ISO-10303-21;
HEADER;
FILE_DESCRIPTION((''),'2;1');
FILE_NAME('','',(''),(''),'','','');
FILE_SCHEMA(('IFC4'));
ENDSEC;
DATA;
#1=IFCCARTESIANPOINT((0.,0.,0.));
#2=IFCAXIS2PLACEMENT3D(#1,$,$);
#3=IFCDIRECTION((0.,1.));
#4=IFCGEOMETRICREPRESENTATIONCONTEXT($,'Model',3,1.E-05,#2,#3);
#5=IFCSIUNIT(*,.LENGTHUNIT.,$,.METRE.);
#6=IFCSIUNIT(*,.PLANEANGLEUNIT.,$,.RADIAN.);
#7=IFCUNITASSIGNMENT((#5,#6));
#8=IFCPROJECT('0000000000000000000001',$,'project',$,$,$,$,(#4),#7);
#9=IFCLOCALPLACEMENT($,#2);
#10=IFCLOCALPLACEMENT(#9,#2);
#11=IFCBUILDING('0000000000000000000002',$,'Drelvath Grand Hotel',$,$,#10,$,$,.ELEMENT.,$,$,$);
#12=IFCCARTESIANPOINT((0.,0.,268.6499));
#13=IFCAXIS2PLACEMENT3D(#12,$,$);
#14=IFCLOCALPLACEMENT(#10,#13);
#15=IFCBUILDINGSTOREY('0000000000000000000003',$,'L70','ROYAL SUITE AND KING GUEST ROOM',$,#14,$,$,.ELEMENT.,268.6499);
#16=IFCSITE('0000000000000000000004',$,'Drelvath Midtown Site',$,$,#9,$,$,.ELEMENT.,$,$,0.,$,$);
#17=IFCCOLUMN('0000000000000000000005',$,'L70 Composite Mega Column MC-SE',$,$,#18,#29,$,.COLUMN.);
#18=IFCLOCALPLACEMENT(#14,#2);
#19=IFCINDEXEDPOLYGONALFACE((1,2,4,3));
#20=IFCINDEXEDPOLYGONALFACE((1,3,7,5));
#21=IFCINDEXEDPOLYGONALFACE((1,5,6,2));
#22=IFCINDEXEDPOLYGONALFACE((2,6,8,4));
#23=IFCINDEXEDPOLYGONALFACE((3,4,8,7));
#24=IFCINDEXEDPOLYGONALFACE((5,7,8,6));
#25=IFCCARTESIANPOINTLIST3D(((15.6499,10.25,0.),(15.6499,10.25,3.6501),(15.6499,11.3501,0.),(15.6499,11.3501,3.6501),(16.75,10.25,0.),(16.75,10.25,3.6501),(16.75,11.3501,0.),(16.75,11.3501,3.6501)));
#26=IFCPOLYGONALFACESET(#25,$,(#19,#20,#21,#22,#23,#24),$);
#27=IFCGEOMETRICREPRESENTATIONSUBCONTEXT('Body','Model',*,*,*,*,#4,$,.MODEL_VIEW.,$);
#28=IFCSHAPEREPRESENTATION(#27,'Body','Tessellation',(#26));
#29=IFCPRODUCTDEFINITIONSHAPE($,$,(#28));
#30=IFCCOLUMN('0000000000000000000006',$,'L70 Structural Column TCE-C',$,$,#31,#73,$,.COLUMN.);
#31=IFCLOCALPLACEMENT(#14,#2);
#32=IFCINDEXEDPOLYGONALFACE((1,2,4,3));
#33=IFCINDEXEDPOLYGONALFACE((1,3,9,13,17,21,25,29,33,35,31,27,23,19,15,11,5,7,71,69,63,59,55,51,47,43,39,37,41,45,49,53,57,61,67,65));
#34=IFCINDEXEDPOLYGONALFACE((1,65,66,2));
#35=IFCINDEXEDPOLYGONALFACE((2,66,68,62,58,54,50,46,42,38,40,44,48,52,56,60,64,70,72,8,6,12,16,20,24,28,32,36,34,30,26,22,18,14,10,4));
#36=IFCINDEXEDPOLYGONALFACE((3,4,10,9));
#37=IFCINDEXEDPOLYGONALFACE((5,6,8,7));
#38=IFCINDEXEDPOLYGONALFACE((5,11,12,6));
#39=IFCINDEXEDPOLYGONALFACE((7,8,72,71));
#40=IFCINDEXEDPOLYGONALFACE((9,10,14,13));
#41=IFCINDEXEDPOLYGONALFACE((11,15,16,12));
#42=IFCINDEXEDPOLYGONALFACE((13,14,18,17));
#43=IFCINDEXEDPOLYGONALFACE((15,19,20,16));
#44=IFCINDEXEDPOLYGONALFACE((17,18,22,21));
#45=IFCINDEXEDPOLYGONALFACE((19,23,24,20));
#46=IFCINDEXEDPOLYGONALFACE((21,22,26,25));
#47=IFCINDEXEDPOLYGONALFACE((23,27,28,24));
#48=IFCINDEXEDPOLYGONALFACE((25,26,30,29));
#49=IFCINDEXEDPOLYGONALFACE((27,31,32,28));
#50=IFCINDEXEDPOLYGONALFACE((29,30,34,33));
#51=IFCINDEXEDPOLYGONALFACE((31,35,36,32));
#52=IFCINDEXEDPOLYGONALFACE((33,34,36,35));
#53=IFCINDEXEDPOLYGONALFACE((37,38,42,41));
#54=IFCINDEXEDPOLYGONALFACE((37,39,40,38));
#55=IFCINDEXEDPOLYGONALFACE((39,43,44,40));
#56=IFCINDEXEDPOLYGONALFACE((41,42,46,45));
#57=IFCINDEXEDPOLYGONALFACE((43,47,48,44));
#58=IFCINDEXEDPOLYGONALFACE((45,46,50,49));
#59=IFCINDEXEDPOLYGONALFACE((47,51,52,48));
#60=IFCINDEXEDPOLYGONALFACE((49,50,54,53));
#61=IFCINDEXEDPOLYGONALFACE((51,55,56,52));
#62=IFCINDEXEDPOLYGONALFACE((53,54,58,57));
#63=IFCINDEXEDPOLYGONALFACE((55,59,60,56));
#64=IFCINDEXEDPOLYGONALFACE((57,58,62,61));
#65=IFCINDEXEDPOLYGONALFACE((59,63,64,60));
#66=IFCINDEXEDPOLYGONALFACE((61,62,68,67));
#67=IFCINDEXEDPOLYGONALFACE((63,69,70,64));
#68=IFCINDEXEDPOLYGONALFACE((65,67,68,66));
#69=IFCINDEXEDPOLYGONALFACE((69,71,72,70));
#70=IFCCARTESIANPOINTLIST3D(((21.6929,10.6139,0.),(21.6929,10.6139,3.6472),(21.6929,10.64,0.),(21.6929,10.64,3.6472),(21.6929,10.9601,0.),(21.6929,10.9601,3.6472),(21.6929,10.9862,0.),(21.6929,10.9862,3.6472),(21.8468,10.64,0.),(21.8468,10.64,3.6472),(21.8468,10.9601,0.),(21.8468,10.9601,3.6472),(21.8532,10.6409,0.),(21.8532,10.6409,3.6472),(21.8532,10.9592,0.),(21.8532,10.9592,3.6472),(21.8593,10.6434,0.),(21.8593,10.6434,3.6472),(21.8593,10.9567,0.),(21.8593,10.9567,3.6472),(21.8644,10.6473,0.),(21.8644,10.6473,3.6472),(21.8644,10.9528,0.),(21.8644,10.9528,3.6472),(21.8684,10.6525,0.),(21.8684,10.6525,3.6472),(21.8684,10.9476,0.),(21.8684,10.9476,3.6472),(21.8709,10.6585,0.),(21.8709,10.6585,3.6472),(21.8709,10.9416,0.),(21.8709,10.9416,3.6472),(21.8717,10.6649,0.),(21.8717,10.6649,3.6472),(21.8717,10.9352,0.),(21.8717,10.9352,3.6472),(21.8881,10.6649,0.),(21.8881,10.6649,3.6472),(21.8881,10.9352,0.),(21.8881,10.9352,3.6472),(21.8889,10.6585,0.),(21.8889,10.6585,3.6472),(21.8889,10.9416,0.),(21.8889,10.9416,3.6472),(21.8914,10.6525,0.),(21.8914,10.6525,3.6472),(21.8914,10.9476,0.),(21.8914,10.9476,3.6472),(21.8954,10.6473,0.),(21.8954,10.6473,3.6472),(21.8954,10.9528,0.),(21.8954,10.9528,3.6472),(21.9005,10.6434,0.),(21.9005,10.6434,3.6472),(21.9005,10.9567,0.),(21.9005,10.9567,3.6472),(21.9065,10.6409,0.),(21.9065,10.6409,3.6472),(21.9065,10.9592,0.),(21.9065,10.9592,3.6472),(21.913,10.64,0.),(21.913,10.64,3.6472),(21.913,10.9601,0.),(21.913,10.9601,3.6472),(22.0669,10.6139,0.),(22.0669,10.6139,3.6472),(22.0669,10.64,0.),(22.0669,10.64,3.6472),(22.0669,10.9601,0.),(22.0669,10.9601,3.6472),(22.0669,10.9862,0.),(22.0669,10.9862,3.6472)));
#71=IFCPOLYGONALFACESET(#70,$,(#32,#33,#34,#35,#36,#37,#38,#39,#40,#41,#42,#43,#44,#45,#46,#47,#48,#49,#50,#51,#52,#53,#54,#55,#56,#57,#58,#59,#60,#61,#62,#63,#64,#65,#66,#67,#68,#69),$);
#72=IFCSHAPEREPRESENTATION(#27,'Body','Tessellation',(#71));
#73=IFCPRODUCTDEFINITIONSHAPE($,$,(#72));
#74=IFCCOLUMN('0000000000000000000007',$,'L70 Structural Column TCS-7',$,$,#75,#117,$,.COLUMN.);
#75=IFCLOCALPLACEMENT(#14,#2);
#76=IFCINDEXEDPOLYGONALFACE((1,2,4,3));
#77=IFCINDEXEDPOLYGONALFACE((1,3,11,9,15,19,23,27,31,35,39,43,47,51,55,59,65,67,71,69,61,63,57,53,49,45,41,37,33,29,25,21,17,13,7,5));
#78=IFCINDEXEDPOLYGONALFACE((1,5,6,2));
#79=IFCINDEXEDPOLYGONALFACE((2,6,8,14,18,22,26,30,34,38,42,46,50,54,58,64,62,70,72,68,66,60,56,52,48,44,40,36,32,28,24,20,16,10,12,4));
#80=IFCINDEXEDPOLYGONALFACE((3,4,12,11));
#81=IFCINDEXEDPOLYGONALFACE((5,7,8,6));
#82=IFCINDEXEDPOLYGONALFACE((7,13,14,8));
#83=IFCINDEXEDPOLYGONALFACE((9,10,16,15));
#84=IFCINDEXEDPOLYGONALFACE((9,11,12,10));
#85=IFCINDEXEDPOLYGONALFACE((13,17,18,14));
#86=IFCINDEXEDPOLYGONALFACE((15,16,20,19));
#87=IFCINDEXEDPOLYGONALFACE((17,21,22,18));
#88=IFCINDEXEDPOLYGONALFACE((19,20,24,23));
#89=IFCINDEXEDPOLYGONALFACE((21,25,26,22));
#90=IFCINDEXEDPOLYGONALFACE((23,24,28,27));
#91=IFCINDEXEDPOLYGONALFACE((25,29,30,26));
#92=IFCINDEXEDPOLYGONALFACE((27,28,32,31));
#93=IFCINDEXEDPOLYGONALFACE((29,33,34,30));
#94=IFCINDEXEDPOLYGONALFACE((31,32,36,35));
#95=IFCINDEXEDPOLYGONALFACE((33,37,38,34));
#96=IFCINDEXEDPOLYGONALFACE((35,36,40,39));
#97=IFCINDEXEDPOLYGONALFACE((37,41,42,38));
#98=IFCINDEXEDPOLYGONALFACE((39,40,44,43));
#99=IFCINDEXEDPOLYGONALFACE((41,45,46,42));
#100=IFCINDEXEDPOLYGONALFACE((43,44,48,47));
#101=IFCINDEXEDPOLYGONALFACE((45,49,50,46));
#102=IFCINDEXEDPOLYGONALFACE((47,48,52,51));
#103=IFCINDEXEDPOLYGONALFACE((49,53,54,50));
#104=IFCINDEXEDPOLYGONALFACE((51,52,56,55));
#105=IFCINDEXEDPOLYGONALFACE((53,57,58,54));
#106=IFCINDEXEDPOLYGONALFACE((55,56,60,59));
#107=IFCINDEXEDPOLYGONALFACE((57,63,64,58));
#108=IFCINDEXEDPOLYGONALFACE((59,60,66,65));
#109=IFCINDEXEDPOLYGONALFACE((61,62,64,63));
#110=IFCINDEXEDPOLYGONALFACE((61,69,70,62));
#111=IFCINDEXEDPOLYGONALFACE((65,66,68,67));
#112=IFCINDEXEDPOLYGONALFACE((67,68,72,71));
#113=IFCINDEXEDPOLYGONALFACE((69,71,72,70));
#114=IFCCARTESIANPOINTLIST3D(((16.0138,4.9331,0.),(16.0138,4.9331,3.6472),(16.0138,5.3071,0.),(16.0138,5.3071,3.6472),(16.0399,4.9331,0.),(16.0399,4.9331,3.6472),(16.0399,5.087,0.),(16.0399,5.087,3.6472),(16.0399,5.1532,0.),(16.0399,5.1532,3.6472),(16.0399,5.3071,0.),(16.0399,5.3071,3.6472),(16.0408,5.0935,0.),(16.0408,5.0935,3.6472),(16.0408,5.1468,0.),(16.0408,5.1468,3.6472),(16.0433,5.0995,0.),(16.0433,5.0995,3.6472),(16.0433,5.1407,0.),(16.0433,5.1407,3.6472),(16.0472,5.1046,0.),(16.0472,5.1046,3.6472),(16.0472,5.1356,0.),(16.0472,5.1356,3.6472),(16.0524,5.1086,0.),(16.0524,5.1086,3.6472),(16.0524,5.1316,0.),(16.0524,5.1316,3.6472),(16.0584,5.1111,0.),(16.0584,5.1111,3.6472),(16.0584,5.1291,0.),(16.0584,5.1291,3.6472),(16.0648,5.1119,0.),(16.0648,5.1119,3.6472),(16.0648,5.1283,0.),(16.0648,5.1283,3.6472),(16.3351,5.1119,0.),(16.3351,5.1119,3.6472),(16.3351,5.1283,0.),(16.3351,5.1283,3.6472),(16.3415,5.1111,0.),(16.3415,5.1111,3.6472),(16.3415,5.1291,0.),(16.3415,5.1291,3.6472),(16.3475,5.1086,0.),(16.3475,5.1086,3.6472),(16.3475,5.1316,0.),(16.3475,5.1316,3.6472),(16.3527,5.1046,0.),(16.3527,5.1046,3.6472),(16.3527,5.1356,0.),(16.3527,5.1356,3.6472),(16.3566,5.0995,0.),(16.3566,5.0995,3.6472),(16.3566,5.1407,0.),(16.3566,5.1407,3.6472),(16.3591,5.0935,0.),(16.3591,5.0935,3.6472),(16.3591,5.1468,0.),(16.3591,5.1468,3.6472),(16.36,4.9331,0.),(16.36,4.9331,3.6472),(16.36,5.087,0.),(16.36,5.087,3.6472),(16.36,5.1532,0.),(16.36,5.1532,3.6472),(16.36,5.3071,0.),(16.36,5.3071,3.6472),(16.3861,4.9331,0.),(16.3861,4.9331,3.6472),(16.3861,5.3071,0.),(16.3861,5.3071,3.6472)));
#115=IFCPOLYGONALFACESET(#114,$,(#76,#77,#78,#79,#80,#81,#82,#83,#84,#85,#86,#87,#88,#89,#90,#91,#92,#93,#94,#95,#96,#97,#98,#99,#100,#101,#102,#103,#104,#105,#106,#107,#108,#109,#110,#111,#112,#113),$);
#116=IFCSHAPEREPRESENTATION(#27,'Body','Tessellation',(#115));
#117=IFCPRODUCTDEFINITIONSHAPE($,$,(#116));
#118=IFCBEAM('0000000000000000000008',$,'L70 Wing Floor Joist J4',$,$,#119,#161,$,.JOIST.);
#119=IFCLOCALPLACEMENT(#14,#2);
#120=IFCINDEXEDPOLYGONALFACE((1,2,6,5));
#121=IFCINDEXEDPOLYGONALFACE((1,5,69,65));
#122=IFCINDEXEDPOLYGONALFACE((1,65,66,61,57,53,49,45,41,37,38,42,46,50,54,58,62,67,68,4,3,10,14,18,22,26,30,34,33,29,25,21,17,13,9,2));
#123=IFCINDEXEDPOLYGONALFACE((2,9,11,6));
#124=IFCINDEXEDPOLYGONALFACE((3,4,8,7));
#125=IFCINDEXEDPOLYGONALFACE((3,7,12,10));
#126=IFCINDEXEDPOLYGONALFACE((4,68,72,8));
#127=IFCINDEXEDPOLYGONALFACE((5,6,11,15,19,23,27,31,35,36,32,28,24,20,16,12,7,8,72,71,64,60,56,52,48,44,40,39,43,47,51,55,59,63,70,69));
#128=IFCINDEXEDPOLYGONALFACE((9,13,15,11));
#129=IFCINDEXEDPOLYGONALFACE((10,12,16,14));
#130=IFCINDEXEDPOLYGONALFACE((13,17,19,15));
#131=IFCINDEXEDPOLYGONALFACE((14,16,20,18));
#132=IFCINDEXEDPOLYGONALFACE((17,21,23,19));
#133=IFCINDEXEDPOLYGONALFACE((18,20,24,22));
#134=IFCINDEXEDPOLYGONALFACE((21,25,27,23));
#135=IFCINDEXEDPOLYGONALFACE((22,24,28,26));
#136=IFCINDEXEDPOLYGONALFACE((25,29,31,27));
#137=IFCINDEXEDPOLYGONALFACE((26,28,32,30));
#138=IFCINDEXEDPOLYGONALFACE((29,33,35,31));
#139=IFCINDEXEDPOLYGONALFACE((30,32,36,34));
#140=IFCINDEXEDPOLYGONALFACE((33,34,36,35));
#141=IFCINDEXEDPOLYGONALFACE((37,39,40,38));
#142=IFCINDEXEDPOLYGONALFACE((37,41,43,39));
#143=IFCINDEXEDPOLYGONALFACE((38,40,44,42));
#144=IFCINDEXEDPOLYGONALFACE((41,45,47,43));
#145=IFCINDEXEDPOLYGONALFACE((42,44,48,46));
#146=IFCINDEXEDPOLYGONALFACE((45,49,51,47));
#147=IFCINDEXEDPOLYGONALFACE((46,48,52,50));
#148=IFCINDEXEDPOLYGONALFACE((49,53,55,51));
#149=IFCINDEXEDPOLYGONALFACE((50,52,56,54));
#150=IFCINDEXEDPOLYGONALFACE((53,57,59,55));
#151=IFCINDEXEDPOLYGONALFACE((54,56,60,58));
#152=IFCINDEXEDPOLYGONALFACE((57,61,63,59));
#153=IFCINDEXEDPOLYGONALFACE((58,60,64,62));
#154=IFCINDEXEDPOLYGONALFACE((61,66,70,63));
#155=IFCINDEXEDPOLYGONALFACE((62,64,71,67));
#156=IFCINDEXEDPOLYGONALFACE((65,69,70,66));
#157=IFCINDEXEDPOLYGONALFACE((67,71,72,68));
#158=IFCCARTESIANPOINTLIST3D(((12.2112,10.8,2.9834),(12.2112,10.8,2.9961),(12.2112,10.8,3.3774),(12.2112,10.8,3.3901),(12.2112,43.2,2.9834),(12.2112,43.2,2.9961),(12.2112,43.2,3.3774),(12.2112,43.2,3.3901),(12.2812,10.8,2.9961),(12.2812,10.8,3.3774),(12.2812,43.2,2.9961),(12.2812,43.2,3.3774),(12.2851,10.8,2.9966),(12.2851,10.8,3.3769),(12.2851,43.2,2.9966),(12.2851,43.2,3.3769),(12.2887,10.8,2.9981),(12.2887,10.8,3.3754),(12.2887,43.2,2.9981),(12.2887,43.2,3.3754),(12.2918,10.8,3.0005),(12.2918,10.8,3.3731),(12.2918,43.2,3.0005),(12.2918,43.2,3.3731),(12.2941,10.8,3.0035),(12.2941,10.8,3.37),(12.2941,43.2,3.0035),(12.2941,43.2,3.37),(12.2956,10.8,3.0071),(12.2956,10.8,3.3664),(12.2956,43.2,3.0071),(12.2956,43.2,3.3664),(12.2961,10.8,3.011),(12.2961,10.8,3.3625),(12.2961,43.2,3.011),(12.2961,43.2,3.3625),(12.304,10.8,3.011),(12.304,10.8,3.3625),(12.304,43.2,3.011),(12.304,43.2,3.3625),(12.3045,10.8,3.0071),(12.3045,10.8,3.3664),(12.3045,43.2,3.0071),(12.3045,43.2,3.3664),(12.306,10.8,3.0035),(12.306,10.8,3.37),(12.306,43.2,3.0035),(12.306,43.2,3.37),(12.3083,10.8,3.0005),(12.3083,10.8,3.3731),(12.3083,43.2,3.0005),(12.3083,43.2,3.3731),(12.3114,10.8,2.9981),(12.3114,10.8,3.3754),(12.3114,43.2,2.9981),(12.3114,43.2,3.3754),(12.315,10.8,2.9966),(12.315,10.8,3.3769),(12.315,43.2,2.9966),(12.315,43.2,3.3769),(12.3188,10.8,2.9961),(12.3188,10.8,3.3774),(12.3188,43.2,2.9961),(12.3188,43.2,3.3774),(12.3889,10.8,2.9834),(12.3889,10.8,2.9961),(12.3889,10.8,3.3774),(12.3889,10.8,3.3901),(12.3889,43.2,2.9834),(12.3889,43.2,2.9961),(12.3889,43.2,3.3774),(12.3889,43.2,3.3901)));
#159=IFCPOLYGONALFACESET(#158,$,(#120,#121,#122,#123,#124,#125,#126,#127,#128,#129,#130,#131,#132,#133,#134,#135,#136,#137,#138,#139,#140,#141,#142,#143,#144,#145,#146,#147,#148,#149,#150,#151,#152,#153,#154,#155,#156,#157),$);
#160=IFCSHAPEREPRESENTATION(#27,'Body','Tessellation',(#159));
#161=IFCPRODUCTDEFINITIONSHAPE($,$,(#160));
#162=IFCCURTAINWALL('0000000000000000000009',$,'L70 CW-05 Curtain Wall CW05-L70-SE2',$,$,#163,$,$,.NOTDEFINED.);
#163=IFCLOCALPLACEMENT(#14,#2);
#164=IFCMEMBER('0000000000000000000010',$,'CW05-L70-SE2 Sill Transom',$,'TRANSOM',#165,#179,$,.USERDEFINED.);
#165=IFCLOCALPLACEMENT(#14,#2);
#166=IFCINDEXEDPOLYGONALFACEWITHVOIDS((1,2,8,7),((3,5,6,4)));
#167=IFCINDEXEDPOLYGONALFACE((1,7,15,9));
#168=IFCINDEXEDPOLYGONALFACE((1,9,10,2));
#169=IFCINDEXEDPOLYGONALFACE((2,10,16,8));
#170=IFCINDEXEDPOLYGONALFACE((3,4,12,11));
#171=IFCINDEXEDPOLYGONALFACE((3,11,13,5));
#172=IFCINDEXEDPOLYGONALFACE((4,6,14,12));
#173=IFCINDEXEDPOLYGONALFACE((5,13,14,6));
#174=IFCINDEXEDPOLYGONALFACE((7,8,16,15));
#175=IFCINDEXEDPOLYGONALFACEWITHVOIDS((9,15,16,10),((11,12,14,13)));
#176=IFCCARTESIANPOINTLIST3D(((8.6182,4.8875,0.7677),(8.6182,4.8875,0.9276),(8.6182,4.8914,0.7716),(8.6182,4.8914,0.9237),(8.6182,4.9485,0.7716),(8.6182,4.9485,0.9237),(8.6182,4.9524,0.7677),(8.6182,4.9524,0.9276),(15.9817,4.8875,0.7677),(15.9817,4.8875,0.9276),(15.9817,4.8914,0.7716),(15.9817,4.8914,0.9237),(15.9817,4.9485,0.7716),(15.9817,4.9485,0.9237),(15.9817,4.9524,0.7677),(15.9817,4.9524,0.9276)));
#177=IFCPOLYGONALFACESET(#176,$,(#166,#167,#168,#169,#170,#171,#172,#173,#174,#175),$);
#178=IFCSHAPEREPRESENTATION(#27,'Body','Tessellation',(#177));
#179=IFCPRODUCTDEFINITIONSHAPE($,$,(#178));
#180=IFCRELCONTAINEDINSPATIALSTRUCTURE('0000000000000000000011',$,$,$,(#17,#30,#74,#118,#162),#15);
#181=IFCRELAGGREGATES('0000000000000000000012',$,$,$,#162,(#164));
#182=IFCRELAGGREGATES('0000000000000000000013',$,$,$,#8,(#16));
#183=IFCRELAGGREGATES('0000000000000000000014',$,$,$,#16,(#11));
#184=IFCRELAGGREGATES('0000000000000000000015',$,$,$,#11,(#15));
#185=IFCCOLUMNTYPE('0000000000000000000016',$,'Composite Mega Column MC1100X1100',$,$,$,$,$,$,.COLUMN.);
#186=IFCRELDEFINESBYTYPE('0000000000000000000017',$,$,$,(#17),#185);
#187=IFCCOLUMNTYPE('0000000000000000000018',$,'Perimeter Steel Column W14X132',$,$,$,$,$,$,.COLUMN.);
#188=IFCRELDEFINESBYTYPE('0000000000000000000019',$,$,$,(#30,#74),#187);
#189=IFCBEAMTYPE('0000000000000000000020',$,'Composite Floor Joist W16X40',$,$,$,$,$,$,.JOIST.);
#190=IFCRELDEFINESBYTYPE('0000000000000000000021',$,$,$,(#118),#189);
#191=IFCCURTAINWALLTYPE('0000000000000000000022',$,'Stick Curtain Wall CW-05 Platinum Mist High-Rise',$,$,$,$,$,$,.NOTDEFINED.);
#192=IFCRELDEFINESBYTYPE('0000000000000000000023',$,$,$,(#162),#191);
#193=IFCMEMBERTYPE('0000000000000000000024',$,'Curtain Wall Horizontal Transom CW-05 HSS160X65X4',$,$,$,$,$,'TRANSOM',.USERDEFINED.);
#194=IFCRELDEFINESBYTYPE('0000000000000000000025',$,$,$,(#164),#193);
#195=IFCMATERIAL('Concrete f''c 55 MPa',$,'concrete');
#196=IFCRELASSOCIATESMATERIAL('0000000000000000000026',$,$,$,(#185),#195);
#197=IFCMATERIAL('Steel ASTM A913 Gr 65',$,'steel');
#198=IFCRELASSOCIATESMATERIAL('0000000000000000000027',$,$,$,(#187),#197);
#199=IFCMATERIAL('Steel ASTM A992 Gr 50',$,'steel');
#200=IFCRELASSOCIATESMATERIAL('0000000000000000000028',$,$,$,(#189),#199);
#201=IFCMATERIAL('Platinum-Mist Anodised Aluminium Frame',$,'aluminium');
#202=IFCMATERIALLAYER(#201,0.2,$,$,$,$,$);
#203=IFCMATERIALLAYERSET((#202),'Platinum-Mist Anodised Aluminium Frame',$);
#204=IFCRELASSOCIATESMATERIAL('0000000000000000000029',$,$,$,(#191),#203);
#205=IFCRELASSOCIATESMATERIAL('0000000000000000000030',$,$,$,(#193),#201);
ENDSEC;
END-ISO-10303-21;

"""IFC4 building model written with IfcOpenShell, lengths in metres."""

from ifc_helpers import new_model, si_unit, direction, frame, origin, origin_2d, place, context, subcontext, project, spatial, rectangle, hollow_rectangle, i_section, extrude, material, layer, layer_set, material_profile, profile_set, type_object, element, aggregate, save


model = new_model("IFC4")

# Units and contexts
model_context = context("Model", 3, precision=1e-05, world=origin(), true_north=direction((0.0, 1.0)))
body_context = subcontext(model_context, "Body", "Model", "MODEL_VIEW")
ifc_project = project(units=[si_unit("LENGTHUNIT", "METRE"), si_unit("PLANEANGLEUNIT", "RADIAN")], contexts=[model_context])

# Site, building, storey
site_placement = place(None, origin())
site = spatial("IfcSite", under=ifc_project, at=site_placement, Name="Drelvath Midtown Site", CompositionType="ELEMENT", RefElevation=0.0)
building_placement = place(site_placement, origin())
building = spatial("IfcBuilding", under=site, at=building_placement, Name="Drelvath Grand Hotel", CompositionType="ELEMENT")
storey_placement = place(building_placement, frame((0.0, 0.0, 268.6499)))
storey = spatial("IfcBuildingStorey", under=building, at=storey_placement, Name="L70", Description="ROYAL SUITE AND KING GUEST ROOM", CompositionType="ELEMENT", Elevation=268.6499)

# Columns
ifc_material_1 = material(Name="Concrete f'c 55 MPa", Category="concrete")
ifc_material_profile_1 = material_profile(ifc_material_1, rectangle(XDim=1.1001, YDim=1.1001, at=origin_2d()), Name="MC1100X1100")
ifc_profile_set_1 = profile_set([ifc_material_profile_1], Name="Concrete f'c 55 MPa")
column_type_1 = type_object("IfcColumnType", Name="Composite Mega Column MC1100X1100", PredefinedType="COLUMN", material=ifc_profile_set_1)
column_placement = place(storey_placement, frame((16.2, 10.8, 0.0), z_axis=(0.0, 0.0, 1.0), x_axis=(1.0, 0.0, 0.0)))
element("IfcColumn", 1, at=column_placement, inside=storey, type_object=column_type_1, Name="L70 Composite Mega Column MC-SE", PredefinedType="COLUMN", context=body_context, shape_type="SweptSolid", body=[
    extrude(rectangle(XDim=1.1001, YDim=1.1001, at=origin_2d()), origin(), (0.0, 0.0, 1.0), 3.6501),
])
ifc_material_2 = material(Name="Steel ASTM A913 Gr 65", Category="steel")
ifc_material_profile_2 = material_profile(ifc_material_2, i_section(OverallWidth=0.374, OverallDepth=0.3723, WebThickness=0.0164, FlangeThickness=0.0261, FilletRadius=0.0249, at=origin_2d()), Name="W14X132")
ifc_profile_set_2 = profile_set([ifc_material_profile_2], Name="Steel ASTM A913 Gr 65")
column_type_2 = type_object("IfcColumnType", Name="Perimeter Steel Column W14X132", PredefinedType="COLUMN", material=ifc_profile_set_2)
for number, where, z_axis, x_axis, name in (
    (2, (21.8799, 10.8, 0.0), (0.0, 0.0, 1.0), (1.0, 0.0, 0.0), "L70 Structural Column TCE-C"),
    (3, (16.2, 5.1201, 0.0), (0.0, 0.0, 1.0), (0.0, 1.0, 0.0), "L70 Structural Column TCS-7"),
):
    element("IfcColumn", number, at=place(storey_placement, frame(where, z_axis=z_axis, x_axis=x_axis)), inside=storey, type_object=column_type_2, Name=name, PredefinedType="COLUMN", context=body_context, shape_type="SweptSolid", body=[
        extrude(i_section(OverallWidth=0.374, OverallDepth=0.3723, WebThickness=0.0164, FlangeThickness=0.0261, FilletRadius=0.0249, at=origin_2d()), origin(), (0.0, 0.0, 1.0), 3.6472),
    ])

# Beam
ifc_material_3 = material(Name="Steel ASTM A992 Gr 50", Category="steel")
ifc_material_profile_3 = material_profile(ifc_material_3, i_section(OverallWidth=0.1777, OverallDepth=0.4067, WebThickness=0.0078, FlangeThickness=0.0127, FilletRadius=0.0149, at=origin_2d()), Name="W16X40")
ifc_profile_set_3 = profile_set([ifc_material_profile_3], Name="Steel ASTM A992 Gr 50")
beam_type_1 = type_object("IfcBeamType", Name="Composite Floor Joist W16X40", PredefinedType="JOIST", material=ifc_profile_set_3)
beam_1_placement = place(storey_placement, frame((12.3, 10.8, 3.1868), z_axis=(0.0, 1.0, 0.0), x_axis=(-1.0, 0.0, 0.0)))
element("IfcBeam", 4, at=beam_1_placement, inside=storey, type_object=beam_type_1, Name="L70 Wing Floor Joist J4", PredefinedType="JOIST", context=body_context, shape_type="SweptSolid", body=[
    extrude(i_section(OverallWidth=0.1777, OverallDepth=0.4067, WebThickness=0.0078, FlangeThickness=0.0127, FilletRadius=0.0149, at=origin_2d()), origin(), (0.0, 0.0, 1.0), 32.3999),
])

# Curtain wall, member
ifc_material_4 = material(Name="Platinum-Mist Anodised Aluminium Frame", Category="aluminium")
ifc_layer_1 = layer(ifc_material_4, 0.2)
ifc_layer_set_1 = layer_set([ifc_layer_1], Name="Platinum-Mist Anodised Aluminium Frame")
curtain_wall_type = type_object("IfcCurtainWallType", Name="Stick Curtain Wall CW-05 Platinum Mist High-Rise", PredefinedType="NOTDEFINED", material=ifc_layer_set_1)
curtain_wall_1_placement = place(storey_placement, origin())
curtain_wall_1 = element("IfcCurtainWall", 5, at=curtain_wall_1_placement, inside=storey, type_object=curtain_wall_type, Name="L70 CW-05 Curtain Wall CW05-L70-SE2", PredefinedType="NOTDEFINED")
ifc_material_profile_4 = material_profile(ifc_material_4, hollow_rectangle(XDim=0.0649, YDim=0.1599, WallThickness=0.0039, at=origin_2d()), Name="HSS160X65X4")
ifc_profile_set_4 = profile_set([ifc_material_profile_4], Name="Platinum-Mist Anodised Aluminium Frame")
member_type_1 = type_object("IfcMemberType", Name="Curtain Wall Horizontal Transom CW-05 HSS160X65X4", ElementType="TRANSOM", PredefinedType="USERDEFINED", material=ifc_profile_set_4)
member_1_placement = place(storey_placement, frame((15.9817, 4.9199, 0.8477), z_axis=(-1.0, 0.0, 0.0), x_axis=(0.0, -1.0, 0.0)))
member_1 = element("IfcMember", 6, at=member_1_placement, type_object=member_type_1, Name="CW05-L70-SE2 Sill Transom", ObjectType="TRANSOM", PredefinedType="USERDEFINED", context=body_context, shape_type="SweptSolid", body=[
    extrude(hollow_rectangle(XDim=0.0649, YDim=0.1599, WallThickness=0.0039, at=origin_2d()), origin(), (0.0, 0.0, 1.0), 7.3635),
])

aggregate(curtain_wall_1, [member_1])

save(model, "model.ifc")
